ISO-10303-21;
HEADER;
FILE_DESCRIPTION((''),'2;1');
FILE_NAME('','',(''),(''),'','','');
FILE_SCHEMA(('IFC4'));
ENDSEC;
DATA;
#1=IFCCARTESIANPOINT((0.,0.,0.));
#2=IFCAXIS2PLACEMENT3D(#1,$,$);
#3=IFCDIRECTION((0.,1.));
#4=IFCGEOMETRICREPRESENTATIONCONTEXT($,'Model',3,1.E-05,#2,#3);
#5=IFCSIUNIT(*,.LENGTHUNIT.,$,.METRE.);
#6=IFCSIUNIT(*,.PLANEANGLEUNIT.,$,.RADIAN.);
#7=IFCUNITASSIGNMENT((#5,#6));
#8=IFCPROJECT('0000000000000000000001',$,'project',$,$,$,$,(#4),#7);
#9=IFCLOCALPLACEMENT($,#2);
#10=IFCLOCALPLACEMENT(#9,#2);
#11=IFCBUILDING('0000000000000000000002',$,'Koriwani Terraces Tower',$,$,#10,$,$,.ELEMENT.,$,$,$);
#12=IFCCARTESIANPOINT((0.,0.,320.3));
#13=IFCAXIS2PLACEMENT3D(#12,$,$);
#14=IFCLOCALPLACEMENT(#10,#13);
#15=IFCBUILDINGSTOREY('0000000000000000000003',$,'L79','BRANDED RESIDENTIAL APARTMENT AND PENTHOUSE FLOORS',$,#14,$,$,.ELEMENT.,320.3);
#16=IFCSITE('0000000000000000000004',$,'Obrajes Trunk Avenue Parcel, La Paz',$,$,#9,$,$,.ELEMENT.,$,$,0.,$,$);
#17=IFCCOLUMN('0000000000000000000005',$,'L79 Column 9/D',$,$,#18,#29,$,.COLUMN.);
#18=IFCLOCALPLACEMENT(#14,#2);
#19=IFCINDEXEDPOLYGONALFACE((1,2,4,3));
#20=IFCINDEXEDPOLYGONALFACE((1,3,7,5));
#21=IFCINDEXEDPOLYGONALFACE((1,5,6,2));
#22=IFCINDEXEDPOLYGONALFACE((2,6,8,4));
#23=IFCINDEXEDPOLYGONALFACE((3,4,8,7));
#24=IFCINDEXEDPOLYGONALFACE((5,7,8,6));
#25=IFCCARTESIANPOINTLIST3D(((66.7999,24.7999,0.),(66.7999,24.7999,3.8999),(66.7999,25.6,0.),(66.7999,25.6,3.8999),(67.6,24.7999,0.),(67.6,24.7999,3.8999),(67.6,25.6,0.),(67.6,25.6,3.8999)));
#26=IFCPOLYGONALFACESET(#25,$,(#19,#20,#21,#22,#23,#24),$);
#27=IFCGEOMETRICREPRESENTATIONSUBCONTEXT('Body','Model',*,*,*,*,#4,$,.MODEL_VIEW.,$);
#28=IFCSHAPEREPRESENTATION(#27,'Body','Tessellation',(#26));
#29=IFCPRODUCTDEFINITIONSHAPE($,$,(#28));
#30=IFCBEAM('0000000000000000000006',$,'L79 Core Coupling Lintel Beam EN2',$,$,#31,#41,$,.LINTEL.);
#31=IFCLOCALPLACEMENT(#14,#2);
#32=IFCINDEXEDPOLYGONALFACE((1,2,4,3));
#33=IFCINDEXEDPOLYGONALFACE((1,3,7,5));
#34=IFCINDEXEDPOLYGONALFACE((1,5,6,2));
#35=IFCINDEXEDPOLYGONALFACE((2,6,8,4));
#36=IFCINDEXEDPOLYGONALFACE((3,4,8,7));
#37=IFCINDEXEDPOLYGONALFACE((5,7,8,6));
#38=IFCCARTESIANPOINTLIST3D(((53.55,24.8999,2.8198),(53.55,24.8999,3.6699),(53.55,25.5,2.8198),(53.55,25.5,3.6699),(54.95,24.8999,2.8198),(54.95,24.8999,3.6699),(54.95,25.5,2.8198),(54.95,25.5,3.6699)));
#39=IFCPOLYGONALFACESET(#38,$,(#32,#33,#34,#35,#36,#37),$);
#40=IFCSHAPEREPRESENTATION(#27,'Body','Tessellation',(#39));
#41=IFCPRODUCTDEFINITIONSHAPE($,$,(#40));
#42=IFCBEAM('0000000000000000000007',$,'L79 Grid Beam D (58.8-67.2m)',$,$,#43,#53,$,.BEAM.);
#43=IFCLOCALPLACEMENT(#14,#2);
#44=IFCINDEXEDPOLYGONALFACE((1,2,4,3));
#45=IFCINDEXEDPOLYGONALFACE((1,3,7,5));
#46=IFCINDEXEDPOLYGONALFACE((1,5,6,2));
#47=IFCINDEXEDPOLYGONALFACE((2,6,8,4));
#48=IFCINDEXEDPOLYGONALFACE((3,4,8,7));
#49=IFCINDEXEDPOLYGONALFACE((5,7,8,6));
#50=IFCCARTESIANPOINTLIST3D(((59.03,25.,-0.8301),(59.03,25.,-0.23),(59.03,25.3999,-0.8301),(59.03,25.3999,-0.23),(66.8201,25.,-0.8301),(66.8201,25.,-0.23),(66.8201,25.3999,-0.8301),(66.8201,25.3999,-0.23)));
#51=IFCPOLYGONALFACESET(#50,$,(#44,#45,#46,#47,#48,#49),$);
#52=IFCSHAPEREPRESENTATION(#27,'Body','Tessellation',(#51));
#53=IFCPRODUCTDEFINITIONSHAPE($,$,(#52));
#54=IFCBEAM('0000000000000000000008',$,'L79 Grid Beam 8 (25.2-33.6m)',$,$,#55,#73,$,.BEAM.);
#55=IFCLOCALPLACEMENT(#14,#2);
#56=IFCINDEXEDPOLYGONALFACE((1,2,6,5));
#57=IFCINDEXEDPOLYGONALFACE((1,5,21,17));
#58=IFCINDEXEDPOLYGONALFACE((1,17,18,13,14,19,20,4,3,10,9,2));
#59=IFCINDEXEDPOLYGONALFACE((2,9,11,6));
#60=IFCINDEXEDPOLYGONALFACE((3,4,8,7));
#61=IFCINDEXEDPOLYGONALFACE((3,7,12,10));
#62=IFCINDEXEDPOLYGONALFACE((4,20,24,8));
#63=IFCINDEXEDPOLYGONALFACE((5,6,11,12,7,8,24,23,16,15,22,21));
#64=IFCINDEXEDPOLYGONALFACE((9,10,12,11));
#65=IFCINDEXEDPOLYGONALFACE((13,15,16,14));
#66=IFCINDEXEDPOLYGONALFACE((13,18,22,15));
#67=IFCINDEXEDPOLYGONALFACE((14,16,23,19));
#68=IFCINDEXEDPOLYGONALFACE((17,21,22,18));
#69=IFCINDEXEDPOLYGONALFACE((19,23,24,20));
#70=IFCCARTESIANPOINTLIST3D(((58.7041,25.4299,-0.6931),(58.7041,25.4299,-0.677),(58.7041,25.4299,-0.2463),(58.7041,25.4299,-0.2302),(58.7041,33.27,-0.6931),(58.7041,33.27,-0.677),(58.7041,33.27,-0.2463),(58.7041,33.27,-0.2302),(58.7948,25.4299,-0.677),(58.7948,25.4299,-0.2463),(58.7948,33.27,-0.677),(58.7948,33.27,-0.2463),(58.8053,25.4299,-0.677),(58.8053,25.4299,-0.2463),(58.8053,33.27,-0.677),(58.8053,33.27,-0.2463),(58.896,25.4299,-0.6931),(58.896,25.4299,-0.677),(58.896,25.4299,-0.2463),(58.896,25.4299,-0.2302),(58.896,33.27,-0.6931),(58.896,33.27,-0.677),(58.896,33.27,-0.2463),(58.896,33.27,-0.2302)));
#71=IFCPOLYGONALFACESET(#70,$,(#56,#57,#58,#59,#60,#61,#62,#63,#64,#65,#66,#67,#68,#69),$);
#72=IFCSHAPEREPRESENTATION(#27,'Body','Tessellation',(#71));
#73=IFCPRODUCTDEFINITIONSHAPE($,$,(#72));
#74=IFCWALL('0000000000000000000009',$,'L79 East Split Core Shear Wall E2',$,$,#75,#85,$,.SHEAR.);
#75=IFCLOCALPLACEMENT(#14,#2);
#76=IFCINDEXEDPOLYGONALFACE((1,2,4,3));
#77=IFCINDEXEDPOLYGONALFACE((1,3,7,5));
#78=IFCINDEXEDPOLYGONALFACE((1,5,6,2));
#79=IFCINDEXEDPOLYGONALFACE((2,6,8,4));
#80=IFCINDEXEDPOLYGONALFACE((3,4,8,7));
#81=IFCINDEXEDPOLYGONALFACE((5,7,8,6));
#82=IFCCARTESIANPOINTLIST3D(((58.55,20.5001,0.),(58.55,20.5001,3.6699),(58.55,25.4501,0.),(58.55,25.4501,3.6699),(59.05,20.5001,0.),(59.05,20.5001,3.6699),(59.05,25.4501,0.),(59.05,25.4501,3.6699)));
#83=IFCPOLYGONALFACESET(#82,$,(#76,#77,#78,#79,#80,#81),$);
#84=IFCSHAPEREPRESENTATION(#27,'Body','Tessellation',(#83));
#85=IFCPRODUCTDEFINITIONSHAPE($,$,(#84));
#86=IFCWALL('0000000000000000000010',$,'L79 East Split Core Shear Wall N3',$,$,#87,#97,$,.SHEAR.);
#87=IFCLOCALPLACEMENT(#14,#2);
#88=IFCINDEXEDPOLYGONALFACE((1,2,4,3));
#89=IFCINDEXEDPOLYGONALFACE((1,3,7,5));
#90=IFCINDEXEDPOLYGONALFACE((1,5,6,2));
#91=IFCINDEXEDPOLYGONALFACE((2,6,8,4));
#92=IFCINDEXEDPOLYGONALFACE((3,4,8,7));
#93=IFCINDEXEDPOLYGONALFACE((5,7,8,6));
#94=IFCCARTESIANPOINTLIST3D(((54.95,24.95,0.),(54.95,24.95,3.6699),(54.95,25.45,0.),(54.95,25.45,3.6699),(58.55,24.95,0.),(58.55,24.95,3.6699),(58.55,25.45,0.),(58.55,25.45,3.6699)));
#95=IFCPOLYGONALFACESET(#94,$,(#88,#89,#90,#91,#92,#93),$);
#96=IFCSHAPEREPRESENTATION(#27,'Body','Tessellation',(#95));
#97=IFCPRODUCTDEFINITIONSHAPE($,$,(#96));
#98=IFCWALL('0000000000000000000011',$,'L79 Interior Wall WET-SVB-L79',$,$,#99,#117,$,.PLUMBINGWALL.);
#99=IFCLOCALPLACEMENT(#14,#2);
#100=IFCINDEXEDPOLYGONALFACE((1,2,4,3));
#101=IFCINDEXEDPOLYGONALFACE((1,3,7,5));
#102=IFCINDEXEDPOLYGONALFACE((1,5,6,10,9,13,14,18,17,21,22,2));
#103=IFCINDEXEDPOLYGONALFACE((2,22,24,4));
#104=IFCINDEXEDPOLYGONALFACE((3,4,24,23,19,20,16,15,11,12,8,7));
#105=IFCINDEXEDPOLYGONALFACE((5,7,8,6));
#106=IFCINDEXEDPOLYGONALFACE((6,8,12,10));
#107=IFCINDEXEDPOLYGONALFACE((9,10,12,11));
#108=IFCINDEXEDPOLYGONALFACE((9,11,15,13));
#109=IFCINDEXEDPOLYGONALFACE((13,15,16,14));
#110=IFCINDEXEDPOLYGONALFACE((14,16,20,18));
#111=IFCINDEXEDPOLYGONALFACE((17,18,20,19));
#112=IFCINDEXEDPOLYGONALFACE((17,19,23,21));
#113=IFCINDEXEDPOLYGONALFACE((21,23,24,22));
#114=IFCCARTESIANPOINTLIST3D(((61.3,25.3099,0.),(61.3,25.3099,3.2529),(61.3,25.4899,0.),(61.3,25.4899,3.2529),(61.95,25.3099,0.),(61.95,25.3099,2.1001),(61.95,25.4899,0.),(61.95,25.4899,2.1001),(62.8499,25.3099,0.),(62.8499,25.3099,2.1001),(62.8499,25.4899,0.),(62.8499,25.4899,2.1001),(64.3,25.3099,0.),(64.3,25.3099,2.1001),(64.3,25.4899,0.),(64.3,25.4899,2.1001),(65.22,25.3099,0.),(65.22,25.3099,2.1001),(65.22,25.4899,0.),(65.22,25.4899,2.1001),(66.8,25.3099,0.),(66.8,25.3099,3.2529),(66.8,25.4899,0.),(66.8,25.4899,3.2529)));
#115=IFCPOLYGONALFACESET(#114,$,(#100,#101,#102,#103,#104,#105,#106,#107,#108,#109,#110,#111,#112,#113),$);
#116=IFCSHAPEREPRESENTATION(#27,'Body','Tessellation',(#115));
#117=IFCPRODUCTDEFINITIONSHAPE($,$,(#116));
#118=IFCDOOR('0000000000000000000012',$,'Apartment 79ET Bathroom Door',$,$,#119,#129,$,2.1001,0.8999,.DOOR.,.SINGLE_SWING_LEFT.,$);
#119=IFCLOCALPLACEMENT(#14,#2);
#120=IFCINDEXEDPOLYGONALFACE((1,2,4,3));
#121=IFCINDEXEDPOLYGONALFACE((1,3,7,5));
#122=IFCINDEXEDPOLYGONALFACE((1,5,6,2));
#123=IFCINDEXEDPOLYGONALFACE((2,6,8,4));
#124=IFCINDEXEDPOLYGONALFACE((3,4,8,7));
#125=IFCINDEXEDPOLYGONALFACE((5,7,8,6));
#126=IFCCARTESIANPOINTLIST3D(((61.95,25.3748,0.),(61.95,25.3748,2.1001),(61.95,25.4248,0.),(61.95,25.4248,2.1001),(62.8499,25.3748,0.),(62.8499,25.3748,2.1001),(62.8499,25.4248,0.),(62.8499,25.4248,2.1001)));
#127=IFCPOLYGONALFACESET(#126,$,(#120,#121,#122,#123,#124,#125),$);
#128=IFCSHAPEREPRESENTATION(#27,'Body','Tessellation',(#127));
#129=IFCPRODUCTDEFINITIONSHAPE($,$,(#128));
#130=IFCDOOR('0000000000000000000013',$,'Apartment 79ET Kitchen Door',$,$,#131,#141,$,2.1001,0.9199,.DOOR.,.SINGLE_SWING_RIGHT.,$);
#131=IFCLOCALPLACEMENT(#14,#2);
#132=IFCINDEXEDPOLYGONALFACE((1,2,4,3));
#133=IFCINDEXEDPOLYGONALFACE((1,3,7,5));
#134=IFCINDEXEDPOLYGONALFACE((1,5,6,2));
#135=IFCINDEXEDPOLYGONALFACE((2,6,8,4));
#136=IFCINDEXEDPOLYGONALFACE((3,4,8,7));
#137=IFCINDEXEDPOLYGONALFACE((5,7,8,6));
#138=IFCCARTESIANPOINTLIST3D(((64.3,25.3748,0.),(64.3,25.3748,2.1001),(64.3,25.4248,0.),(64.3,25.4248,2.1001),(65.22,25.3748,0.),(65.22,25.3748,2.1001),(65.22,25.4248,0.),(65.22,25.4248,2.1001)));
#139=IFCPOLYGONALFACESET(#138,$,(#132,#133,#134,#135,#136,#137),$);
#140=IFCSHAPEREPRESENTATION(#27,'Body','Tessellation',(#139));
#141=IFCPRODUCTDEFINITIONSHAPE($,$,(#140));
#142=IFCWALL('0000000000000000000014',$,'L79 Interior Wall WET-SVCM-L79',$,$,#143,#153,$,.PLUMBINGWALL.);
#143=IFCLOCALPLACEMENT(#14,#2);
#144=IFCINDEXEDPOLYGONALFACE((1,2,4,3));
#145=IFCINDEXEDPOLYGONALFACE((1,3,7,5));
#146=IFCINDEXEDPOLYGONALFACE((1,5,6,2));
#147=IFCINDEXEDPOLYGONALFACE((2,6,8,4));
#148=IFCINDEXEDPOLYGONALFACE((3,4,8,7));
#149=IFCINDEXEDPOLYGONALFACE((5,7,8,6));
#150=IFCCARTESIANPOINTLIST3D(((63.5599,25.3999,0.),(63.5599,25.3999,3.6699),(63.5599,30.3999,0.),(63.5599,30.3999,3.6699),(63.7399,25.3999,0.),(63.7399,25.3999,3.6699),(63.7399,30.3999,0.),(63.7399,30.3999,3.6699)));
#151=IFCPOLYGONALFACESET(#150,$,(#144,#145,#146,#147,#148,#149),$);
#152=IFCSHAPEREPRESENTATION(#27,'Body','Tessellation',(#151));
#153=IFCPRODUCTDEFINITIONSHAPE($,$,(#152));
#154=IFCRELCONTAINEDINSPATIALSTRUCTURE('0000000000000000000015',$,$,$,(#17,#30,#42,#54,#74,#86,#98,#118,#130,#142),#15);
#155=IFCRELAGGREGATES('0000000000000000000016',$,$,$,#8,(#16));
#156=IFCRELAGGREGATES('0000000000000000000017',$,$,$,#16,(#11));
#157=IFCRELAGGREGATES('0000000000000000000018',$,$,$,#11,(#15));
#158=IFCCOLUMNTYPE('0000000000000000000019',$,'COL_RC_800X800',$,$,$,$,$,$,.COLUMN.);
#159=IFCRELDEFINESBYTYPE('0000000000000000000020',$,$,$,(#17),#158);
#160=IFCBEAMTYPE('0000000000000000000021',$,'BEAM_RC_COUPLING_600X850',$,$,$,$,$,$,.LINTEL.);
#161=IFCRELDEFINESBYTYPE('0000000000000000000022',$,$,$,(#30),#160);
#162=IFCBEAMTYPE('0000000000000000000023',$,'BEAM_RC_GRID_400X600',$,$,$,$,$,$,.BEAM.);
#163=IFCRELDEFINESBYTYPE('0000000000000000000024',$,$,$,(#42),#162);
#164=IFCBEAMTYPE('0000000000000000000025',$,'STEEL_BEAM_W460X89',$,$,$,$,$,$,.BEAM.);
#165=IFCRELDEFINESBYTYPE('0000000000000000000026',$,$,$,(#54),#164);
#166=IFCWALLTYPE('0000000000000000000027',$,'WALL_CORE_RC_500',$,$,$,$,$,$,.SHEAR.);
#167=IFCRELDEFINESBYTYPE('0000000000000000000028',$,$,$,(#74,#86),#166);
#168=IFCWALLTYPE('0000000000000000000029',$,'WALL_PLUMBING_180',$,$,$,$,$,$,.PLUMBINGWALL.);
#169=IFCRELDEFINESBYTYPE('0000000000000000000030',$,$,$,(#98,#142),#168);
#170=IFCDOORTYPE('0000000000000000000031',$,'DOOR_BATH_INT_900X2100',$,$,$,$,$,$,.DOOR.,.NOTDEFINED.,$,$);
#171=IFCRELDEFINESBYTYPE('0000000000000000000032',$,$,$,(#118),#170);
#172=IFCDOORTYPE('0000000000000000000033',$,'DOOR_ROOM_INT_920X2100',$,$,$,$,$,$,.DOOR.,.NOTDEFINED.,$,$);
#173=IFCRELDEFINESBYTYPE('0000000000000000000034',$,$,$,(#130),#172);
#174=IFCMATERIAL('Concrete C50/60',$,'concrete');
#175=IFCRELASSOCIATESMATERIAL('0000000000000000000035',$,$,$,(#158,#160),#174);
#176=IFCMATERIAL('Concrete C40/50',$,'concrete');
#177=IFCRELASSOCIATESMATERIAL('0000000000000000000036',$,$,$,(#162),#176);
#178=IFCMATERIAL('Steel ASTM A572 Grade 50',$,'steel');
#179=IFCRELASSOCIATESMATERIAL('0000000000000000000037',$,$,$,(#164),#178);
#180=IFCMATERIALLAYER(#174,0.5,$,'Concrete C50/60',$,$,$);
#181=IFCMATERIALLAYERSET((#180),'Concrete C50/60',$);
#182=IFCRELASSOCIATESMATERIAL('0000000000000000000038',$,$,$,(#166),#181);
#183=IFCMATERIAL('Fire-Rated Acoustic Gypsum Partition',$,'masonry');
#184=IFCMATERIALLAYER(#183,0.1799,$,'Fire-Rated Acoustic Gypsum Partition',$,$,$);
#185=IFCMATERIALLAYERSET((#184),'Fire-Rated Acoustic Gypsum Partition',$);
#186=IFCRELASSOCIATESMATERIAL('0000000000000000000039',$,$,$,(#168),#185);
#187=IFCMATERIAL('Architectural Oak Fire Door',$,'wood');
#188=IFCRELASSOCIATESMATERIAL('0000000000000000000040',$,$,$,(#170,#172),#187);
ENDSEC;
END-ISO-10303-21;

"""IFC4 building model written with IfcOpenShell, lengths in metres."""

from ifc_helpers import new_model, si_unit, direction, frame, frame_2d, origin, origin_2d, place, context, subcontext, project, spatial, rectangle, i_section, extrude, material, layer, layer_set, material_profile, profile_set, type_object, element, fill, save


model = new_model("IFC4")

# Units and contexts
model_context = context("Model", 3, precision=1e-05, world=origin(), true_north=direction((0.0, 1.0)))
body_context = subcontext(model_context, "Body", "Model", "MODEL_VIEW")
ifc_project = project(units=[si_unit("LENGTHUNIT", "METRE"), si_unit("PLANEANGLEUNIT", "RADIAN")], contexts=[model_context])

# Site, building, storey
site_placement = place(None, origin())
site = spatial("IfcSite", under=ifc_project, at=site_placement, Name="Obrajes Trunk Avenue Parcel, La Paz", CompositionType="ELEMENT", RefElevation=0.0)
building_placement = place(site_placement, origin())
building = spatial("IfcBuilding", under=site, at=building_placement, Name="Koriwani Terraces Tower", CompositionType="ELEMENT")
storey_placement = place(building_placement, frame((0.0, 0.0, 320.3)))
storey = spatial("IfcBuildingStorey", under=building, at=storey_placement, Name="L79", Description="BRANDED RESIDENTIAL APARTMENT AND PENTHOUSE FLOORS", CompositionType="ELEMENT", Elevation=320.3)

# Column
ifc_material_1 = material(Name="Concrete C50/60", Category="concrete")
ifc_material_profile_1 = material_profile(ifc_material_1, rectangle(XDim=0.8, YDim=0.8, at=origin_2d()), Name="Concrete C50/60", Category="LoadBearing")
ifc_profile_set_1 = profile_set([ifc_material_profile_1], Name="Concrete C50/60")
column_type = type_object("IfcColumnType", Name="COL_RC_800X800", PredefinedType="COLUMN", material=ifc_profile_set_1)
column_placement = place(storey_placement, frame((67.2, 25.2, 0.0), z_axis=(0.0, 0.0, 1.0), x_axis=(1.0, 0.0, 0.0)))
element("IfcColumn", 1, at=column_placement, inside=storey, type_object=column_type, Name="L79 Column 9/D", PredefinedType="COLUMN", context=body_context, shape_type="SweptSolid", body=[
    extrude(rectangle(XDim=0.8, YDim=0.8, at=origin_2d()), origin(), (0.0, 0.0, 1.0), 3.8999),
])

# Beams
ifc_material_profile_2 = material_profile(ifc_material_1, rectangle(XDim=0.6001, YDim=0.8501, at=origin_2d()), Name="Concrete C50/60", Category="LoadBearing")
ifc_profile_set_2 = profile_set([ifc_material_profile_2], Name="Concrete C50/60")
beam_type_1 = type_object("IfcBeamType", Name="BEAM_RC_COUPLING_600X850", PredefinedType="LINTEL", material=ifc_profile_set_2)
beam_1_placement = place(storey_placement, frame((53.55, 25.2, 3.2449), z_axis=(1.0, 0.0, 0.0), x_axis=(0.0, 1.0, 0.0)))
element("IfcBeam", 2, at=beam_1_placement, inside=storey, type_object=beam_type_1, Name="L79 Core Coupling Lintel Beam EN2", PredefinedType="LINTEL", context=body_context, shape_type="SweptSolid", body=[
    extrude(rectangle(XDim=0.6001, YDim=0.8501, at=origin_2d()), origin(), (0.0, 0.0, 1.0), 1.3999),
])
ifc_material_2 = material(Name="Concrete C40/50", Category="concrete")
ifc_material_profile_3 = material_profile(ifc_material_2, rectangle(XDim=0.3999, YDim=0.6001, at=origin_2d()), Name="Concrete C40/50", Category="LoadBearing")
ifc_profile_set_3 = profile_set([ifc_material_profile_3], Name="Concrete C40/50")
beam_type_2 = type_object("IfcBeamType", Name="BEAM_RC_GRID_400X600", PredefinedType="BEAM", material=ifc_profile_set_3)
beam_2_placement = place(storey_placement, frame((59.03, 25.2, -0.53), z_axis=(1.0, 0.0, 0.0), x_axis=(0.0, 1.0, 0.0)))
element("IfcBeam", 3, at=beam_2_placement, inside=storey, type_object=beam_type_2, Name="L79 Grid Beam D (58.8-67.2m)", PredefinedType="BEAM", context=body_context, shape_type="SweptSolid", body=[
    extrude(rectangle(XDim=0.3999, YDim=0.6001, at=origin_2d()), origin(), (0.0, 0.0, 1.0), 7.79),
])
ifc_material_3 = material(Name="Steel ASTM A572 Grade 50", Category="steel")
ifc_material_profile_4 = material_profile(ifc_material_3, i_section(OverallWidth=0.1919, OverallDepth=0.4629, WebThickness=0.0105, FlangeThickness=0.0161, at=origin_2d()), Name="Steel ASTM A572 Grade 50", Category="LoadBearing")
ifc_profile_set_4 = profile_set([ifc_material_profile_4], Name="Steel ASTM A572 Grade 50")
beam_type_3 = type_object("IfcBeamType", Name="STEEL_BEAM_W460X89", PredefinedType="BEAM", material=ifc_profile_set_4)
beam_3_placement = place(storey_placement, frame((58.8, 25.4299, -0.4617), z_axis=(0.0, 1.0, 0.0), x_axis=(-1.0, 0.0, 0.0)))
element("IfcBeam", 4, at=beam_3_placement, inside=storey, type_object=beam_type_3, Name="L79 Grid Beam 8 (25.2-33.6m)", PredefinedType="BEAM", context=body_context, shape_type="SweptSolid", body=[
    extrude(i_section(OverallWidth=0.1919, OverallDepth=0.4629, WebThickness=0.0105, FlangeThickness=0.0161, at=origin_2d()), origin(), (0.0, 0.0, 1.0), 7.8401),
])

# Walls
ifc_layer_1 = layer(ifc_material_1, 0.5, Name="Concrete C50/60")
ifc_layer_set_1 = layer_set([ifc_layer_1], Name="Concrete C50/60")
wall_type_1 = type_object("IfcWallType", Name="WALL_CORE_RC_500", PredefinedType="SHEAR", material=ifc_layer_set_1)
wall_1_placement = place(storey_placement, frame((58.8, 20.5, 0.0), z_axis=(0.0, 0.0, 1.0), x_axis=(0.0, 1.0, 0.0)))
element("IfcWall", 5, at=wall_1_placement, inside=storey, type_object=wall_type_1, Name="L79 East Split Core Shear Wall E2", PredefinedType="SHEAR", context=body_context, shape_type="SweptSolid", body=[
    extrude(rectangle(XDim=4.95, YDim=0.5, at=frame_2d((2.4751, 0.0))), origin(), (0.0, 0.0, 1.0), 3.6699),
])
wall_2_placement = place(storey_placement, frame((54.95, 25.2, 0.0), z_axis=(0.0, 0.0, 1.0), x_axis=(1.0, 0.0, 0.0)))
element("IfcWall", 6, at=wall_2_placement, inside=storey, type_object=wall_type_1, Name="L79 East Split Core Shear Wall N3", PredefinedType="SHEAR", context=body_context, shape_type="SweptSolid", body=[
    extrude(rectangle(XDim=3.6001, YDim=0.5, at=frame_2d((1.8, 0.0))), origin(), (0.0, 0.0, 1.0), 3.6699),
])

# Wall, openings, doors
ifc_material_4 = material(Name="Fire-Rated Acoustic Gypsum Partition", Category="masonry")
ifc_layer_2 = layer(ifc_material_4, 0.1799, Name="Fire-Rated Acoustic Gypsum Partition")
ifc_layer_set_2 = layer_set([ifc_layer_2], Name="Fire-Rated Acoustic Gypsum Partition")
wall_type_2 = type_object("IfcWallType", Name="WALL_PLUMBING_180", PredefinedType="PLUMBINGWALL", material=ifc_layer_set_2)
wall_3_placement = place(storey_placement, frame((61.3, 25.3999, 0.0), z_axis=(0.0, 0.0, 1.0), x_axis=(1.0, 0.0, 0.0)))
wall_3 = element("IfcWall", 7, at=wall_3_placement, inside=storey, type_object=wall_type_2, Name="L79 Interior Wall WET-SVB-L79", PredefinedType="PLUMBINGWALL", context=body_context, shape_type="SweptSolid", body=[
    extrude(rectangle(XDim=5.5, YDim=0.1799, at=frame_2d((2.75, 0.0))), origin(), (0.0, 0.0, 1.0), 3.2529),
])
opening_1_placement = place(wall_3_placement, frame((0.6499, 0.0, 0.0)))
opening_1 = element("IfcOpeningElement", 8, at=opening_1_placement, cuts=wall_3, PredefinedType="OPENING", context=body_context, shape_type="SweptSolid", body=[
    extrude(rectangle(XDim=0.8999, YDim=2.1001, at=frame_2d((0.45, 1.05))), frame((0.0, 0.1001, 0.0), z_axis=(0.0, -1.0, 0.0), x_axis=(1.0, 0.0, 0.0)), (0.0, 0.0, 1.0), 0.2),
])
opening_2_placement = place(wall_3_placement, frame((3.0, 0.0, 0.0)))
opening_2 = element("IfcOpeningElement", 9, at=opening_2_placement, cuts=wall_3, PredefinedType="OPENING", context=body_context, shape_type="SweptSolid", body=[
    extrude(rectangle(XDim=0.9199, YDim=2.1001, at=frame_2d((0.46, 1.05))), frame((0.0, 0.1001, 0.0), z_axis=(0.0, -1.0, 0.0), x_axis=(1.0, 0.0, 0.0)), (0.0, 0.0, 1.0), 0.2),
])
ifc_material_5 = material(Name="Architectural Oak Fire Door", Category="wood")
door_type_1 = type_object("IfcDoorType", Name="DOOR_BATH_INT_900X2100", OperationType="NOTDEFINED", PredefinedType="DOOR", material=ifc_material_5)
door_1_placement = place(opening_1_placement, origin())
door_1 = element("IfcDoor", 10, at=door_1_placement, inside=storey, type_object=door_type_1, Name="Apartment 79ET Bathroom Door", OperationType="SINGLE_SWING_LEFT", OverallHeight=2.1001, OverallWidth=0.8999, PredefinedType="DOOR", context=body_context, shape_type="SweptSolid", body=[
    extrude(rectangle(XDim=0.8999, YDim=2.1001, at=frame_2d((0.45, 1.05))), frame((0.0, 0.0249, 0.0), z_axis=(0.0, -1.0, 0.0), x_axis=(1.0, 0.0, 0.0)), (0.0, 0.0, 1.0), 0.05),
])
fill(opening_1, door_1)
door_type_2 = type_object("IfcDoorType", Name="DOOR_ROOM_INT_920X2100", OperationType="NOTDEFINED", PredefinedType="DOOR", material=ifc_material_5)
door_2_placement = place(opening_2_placement, origin())
door_2 = element("IfcDoor", 11, at=door_2_placement, inside=storey, type_object=door_type_2, Name="Apartment 79ET Kitchen Door", OperationType="SINGLE_SWING_RIGHT", OverallHeight=2.1001, OverallWidth=0.9199, PredefinedType="DOOR", context=body_context, shape_type="SweptSolid", body=[
    extrude(rectangle(XDim=0.9199, YDim=2.1001, at=frame_2d((0.46, 1.05))), frame((0.0, 0.0249, 0.0), z_axis=(0.0, -1.0, 0.0), x_axis=(1.0, 0.0, 0.0)), (0.0, 0.0, 1.0), 0.05),
])
fill(opening_2, door_2)

# Wall
wall_4_placement = place(storey_placement, frame((63.6499, 25.3999, 0.0), z_axis=(0.0, 0.0, 1.0), x_axis=(0.0, 1.0, 0.0)))
element("IfcWall", 12, at=wall_4_placement, inside=storey, type_object=wall_type_2, Name="L79 Interior Wall WET-SVCM-L79", PredefinedType="PLUMBINGWALL", context=body_context, shape_type="SweptSolid", body=[
    extrude(rectangle(XDim=5.0, YDim=0.1799, at=frame_2d((2.5, 0.0))), origin(), (0.0, 0.0, 1.0), 3.6699),
])

save(model, "model.ifc")
